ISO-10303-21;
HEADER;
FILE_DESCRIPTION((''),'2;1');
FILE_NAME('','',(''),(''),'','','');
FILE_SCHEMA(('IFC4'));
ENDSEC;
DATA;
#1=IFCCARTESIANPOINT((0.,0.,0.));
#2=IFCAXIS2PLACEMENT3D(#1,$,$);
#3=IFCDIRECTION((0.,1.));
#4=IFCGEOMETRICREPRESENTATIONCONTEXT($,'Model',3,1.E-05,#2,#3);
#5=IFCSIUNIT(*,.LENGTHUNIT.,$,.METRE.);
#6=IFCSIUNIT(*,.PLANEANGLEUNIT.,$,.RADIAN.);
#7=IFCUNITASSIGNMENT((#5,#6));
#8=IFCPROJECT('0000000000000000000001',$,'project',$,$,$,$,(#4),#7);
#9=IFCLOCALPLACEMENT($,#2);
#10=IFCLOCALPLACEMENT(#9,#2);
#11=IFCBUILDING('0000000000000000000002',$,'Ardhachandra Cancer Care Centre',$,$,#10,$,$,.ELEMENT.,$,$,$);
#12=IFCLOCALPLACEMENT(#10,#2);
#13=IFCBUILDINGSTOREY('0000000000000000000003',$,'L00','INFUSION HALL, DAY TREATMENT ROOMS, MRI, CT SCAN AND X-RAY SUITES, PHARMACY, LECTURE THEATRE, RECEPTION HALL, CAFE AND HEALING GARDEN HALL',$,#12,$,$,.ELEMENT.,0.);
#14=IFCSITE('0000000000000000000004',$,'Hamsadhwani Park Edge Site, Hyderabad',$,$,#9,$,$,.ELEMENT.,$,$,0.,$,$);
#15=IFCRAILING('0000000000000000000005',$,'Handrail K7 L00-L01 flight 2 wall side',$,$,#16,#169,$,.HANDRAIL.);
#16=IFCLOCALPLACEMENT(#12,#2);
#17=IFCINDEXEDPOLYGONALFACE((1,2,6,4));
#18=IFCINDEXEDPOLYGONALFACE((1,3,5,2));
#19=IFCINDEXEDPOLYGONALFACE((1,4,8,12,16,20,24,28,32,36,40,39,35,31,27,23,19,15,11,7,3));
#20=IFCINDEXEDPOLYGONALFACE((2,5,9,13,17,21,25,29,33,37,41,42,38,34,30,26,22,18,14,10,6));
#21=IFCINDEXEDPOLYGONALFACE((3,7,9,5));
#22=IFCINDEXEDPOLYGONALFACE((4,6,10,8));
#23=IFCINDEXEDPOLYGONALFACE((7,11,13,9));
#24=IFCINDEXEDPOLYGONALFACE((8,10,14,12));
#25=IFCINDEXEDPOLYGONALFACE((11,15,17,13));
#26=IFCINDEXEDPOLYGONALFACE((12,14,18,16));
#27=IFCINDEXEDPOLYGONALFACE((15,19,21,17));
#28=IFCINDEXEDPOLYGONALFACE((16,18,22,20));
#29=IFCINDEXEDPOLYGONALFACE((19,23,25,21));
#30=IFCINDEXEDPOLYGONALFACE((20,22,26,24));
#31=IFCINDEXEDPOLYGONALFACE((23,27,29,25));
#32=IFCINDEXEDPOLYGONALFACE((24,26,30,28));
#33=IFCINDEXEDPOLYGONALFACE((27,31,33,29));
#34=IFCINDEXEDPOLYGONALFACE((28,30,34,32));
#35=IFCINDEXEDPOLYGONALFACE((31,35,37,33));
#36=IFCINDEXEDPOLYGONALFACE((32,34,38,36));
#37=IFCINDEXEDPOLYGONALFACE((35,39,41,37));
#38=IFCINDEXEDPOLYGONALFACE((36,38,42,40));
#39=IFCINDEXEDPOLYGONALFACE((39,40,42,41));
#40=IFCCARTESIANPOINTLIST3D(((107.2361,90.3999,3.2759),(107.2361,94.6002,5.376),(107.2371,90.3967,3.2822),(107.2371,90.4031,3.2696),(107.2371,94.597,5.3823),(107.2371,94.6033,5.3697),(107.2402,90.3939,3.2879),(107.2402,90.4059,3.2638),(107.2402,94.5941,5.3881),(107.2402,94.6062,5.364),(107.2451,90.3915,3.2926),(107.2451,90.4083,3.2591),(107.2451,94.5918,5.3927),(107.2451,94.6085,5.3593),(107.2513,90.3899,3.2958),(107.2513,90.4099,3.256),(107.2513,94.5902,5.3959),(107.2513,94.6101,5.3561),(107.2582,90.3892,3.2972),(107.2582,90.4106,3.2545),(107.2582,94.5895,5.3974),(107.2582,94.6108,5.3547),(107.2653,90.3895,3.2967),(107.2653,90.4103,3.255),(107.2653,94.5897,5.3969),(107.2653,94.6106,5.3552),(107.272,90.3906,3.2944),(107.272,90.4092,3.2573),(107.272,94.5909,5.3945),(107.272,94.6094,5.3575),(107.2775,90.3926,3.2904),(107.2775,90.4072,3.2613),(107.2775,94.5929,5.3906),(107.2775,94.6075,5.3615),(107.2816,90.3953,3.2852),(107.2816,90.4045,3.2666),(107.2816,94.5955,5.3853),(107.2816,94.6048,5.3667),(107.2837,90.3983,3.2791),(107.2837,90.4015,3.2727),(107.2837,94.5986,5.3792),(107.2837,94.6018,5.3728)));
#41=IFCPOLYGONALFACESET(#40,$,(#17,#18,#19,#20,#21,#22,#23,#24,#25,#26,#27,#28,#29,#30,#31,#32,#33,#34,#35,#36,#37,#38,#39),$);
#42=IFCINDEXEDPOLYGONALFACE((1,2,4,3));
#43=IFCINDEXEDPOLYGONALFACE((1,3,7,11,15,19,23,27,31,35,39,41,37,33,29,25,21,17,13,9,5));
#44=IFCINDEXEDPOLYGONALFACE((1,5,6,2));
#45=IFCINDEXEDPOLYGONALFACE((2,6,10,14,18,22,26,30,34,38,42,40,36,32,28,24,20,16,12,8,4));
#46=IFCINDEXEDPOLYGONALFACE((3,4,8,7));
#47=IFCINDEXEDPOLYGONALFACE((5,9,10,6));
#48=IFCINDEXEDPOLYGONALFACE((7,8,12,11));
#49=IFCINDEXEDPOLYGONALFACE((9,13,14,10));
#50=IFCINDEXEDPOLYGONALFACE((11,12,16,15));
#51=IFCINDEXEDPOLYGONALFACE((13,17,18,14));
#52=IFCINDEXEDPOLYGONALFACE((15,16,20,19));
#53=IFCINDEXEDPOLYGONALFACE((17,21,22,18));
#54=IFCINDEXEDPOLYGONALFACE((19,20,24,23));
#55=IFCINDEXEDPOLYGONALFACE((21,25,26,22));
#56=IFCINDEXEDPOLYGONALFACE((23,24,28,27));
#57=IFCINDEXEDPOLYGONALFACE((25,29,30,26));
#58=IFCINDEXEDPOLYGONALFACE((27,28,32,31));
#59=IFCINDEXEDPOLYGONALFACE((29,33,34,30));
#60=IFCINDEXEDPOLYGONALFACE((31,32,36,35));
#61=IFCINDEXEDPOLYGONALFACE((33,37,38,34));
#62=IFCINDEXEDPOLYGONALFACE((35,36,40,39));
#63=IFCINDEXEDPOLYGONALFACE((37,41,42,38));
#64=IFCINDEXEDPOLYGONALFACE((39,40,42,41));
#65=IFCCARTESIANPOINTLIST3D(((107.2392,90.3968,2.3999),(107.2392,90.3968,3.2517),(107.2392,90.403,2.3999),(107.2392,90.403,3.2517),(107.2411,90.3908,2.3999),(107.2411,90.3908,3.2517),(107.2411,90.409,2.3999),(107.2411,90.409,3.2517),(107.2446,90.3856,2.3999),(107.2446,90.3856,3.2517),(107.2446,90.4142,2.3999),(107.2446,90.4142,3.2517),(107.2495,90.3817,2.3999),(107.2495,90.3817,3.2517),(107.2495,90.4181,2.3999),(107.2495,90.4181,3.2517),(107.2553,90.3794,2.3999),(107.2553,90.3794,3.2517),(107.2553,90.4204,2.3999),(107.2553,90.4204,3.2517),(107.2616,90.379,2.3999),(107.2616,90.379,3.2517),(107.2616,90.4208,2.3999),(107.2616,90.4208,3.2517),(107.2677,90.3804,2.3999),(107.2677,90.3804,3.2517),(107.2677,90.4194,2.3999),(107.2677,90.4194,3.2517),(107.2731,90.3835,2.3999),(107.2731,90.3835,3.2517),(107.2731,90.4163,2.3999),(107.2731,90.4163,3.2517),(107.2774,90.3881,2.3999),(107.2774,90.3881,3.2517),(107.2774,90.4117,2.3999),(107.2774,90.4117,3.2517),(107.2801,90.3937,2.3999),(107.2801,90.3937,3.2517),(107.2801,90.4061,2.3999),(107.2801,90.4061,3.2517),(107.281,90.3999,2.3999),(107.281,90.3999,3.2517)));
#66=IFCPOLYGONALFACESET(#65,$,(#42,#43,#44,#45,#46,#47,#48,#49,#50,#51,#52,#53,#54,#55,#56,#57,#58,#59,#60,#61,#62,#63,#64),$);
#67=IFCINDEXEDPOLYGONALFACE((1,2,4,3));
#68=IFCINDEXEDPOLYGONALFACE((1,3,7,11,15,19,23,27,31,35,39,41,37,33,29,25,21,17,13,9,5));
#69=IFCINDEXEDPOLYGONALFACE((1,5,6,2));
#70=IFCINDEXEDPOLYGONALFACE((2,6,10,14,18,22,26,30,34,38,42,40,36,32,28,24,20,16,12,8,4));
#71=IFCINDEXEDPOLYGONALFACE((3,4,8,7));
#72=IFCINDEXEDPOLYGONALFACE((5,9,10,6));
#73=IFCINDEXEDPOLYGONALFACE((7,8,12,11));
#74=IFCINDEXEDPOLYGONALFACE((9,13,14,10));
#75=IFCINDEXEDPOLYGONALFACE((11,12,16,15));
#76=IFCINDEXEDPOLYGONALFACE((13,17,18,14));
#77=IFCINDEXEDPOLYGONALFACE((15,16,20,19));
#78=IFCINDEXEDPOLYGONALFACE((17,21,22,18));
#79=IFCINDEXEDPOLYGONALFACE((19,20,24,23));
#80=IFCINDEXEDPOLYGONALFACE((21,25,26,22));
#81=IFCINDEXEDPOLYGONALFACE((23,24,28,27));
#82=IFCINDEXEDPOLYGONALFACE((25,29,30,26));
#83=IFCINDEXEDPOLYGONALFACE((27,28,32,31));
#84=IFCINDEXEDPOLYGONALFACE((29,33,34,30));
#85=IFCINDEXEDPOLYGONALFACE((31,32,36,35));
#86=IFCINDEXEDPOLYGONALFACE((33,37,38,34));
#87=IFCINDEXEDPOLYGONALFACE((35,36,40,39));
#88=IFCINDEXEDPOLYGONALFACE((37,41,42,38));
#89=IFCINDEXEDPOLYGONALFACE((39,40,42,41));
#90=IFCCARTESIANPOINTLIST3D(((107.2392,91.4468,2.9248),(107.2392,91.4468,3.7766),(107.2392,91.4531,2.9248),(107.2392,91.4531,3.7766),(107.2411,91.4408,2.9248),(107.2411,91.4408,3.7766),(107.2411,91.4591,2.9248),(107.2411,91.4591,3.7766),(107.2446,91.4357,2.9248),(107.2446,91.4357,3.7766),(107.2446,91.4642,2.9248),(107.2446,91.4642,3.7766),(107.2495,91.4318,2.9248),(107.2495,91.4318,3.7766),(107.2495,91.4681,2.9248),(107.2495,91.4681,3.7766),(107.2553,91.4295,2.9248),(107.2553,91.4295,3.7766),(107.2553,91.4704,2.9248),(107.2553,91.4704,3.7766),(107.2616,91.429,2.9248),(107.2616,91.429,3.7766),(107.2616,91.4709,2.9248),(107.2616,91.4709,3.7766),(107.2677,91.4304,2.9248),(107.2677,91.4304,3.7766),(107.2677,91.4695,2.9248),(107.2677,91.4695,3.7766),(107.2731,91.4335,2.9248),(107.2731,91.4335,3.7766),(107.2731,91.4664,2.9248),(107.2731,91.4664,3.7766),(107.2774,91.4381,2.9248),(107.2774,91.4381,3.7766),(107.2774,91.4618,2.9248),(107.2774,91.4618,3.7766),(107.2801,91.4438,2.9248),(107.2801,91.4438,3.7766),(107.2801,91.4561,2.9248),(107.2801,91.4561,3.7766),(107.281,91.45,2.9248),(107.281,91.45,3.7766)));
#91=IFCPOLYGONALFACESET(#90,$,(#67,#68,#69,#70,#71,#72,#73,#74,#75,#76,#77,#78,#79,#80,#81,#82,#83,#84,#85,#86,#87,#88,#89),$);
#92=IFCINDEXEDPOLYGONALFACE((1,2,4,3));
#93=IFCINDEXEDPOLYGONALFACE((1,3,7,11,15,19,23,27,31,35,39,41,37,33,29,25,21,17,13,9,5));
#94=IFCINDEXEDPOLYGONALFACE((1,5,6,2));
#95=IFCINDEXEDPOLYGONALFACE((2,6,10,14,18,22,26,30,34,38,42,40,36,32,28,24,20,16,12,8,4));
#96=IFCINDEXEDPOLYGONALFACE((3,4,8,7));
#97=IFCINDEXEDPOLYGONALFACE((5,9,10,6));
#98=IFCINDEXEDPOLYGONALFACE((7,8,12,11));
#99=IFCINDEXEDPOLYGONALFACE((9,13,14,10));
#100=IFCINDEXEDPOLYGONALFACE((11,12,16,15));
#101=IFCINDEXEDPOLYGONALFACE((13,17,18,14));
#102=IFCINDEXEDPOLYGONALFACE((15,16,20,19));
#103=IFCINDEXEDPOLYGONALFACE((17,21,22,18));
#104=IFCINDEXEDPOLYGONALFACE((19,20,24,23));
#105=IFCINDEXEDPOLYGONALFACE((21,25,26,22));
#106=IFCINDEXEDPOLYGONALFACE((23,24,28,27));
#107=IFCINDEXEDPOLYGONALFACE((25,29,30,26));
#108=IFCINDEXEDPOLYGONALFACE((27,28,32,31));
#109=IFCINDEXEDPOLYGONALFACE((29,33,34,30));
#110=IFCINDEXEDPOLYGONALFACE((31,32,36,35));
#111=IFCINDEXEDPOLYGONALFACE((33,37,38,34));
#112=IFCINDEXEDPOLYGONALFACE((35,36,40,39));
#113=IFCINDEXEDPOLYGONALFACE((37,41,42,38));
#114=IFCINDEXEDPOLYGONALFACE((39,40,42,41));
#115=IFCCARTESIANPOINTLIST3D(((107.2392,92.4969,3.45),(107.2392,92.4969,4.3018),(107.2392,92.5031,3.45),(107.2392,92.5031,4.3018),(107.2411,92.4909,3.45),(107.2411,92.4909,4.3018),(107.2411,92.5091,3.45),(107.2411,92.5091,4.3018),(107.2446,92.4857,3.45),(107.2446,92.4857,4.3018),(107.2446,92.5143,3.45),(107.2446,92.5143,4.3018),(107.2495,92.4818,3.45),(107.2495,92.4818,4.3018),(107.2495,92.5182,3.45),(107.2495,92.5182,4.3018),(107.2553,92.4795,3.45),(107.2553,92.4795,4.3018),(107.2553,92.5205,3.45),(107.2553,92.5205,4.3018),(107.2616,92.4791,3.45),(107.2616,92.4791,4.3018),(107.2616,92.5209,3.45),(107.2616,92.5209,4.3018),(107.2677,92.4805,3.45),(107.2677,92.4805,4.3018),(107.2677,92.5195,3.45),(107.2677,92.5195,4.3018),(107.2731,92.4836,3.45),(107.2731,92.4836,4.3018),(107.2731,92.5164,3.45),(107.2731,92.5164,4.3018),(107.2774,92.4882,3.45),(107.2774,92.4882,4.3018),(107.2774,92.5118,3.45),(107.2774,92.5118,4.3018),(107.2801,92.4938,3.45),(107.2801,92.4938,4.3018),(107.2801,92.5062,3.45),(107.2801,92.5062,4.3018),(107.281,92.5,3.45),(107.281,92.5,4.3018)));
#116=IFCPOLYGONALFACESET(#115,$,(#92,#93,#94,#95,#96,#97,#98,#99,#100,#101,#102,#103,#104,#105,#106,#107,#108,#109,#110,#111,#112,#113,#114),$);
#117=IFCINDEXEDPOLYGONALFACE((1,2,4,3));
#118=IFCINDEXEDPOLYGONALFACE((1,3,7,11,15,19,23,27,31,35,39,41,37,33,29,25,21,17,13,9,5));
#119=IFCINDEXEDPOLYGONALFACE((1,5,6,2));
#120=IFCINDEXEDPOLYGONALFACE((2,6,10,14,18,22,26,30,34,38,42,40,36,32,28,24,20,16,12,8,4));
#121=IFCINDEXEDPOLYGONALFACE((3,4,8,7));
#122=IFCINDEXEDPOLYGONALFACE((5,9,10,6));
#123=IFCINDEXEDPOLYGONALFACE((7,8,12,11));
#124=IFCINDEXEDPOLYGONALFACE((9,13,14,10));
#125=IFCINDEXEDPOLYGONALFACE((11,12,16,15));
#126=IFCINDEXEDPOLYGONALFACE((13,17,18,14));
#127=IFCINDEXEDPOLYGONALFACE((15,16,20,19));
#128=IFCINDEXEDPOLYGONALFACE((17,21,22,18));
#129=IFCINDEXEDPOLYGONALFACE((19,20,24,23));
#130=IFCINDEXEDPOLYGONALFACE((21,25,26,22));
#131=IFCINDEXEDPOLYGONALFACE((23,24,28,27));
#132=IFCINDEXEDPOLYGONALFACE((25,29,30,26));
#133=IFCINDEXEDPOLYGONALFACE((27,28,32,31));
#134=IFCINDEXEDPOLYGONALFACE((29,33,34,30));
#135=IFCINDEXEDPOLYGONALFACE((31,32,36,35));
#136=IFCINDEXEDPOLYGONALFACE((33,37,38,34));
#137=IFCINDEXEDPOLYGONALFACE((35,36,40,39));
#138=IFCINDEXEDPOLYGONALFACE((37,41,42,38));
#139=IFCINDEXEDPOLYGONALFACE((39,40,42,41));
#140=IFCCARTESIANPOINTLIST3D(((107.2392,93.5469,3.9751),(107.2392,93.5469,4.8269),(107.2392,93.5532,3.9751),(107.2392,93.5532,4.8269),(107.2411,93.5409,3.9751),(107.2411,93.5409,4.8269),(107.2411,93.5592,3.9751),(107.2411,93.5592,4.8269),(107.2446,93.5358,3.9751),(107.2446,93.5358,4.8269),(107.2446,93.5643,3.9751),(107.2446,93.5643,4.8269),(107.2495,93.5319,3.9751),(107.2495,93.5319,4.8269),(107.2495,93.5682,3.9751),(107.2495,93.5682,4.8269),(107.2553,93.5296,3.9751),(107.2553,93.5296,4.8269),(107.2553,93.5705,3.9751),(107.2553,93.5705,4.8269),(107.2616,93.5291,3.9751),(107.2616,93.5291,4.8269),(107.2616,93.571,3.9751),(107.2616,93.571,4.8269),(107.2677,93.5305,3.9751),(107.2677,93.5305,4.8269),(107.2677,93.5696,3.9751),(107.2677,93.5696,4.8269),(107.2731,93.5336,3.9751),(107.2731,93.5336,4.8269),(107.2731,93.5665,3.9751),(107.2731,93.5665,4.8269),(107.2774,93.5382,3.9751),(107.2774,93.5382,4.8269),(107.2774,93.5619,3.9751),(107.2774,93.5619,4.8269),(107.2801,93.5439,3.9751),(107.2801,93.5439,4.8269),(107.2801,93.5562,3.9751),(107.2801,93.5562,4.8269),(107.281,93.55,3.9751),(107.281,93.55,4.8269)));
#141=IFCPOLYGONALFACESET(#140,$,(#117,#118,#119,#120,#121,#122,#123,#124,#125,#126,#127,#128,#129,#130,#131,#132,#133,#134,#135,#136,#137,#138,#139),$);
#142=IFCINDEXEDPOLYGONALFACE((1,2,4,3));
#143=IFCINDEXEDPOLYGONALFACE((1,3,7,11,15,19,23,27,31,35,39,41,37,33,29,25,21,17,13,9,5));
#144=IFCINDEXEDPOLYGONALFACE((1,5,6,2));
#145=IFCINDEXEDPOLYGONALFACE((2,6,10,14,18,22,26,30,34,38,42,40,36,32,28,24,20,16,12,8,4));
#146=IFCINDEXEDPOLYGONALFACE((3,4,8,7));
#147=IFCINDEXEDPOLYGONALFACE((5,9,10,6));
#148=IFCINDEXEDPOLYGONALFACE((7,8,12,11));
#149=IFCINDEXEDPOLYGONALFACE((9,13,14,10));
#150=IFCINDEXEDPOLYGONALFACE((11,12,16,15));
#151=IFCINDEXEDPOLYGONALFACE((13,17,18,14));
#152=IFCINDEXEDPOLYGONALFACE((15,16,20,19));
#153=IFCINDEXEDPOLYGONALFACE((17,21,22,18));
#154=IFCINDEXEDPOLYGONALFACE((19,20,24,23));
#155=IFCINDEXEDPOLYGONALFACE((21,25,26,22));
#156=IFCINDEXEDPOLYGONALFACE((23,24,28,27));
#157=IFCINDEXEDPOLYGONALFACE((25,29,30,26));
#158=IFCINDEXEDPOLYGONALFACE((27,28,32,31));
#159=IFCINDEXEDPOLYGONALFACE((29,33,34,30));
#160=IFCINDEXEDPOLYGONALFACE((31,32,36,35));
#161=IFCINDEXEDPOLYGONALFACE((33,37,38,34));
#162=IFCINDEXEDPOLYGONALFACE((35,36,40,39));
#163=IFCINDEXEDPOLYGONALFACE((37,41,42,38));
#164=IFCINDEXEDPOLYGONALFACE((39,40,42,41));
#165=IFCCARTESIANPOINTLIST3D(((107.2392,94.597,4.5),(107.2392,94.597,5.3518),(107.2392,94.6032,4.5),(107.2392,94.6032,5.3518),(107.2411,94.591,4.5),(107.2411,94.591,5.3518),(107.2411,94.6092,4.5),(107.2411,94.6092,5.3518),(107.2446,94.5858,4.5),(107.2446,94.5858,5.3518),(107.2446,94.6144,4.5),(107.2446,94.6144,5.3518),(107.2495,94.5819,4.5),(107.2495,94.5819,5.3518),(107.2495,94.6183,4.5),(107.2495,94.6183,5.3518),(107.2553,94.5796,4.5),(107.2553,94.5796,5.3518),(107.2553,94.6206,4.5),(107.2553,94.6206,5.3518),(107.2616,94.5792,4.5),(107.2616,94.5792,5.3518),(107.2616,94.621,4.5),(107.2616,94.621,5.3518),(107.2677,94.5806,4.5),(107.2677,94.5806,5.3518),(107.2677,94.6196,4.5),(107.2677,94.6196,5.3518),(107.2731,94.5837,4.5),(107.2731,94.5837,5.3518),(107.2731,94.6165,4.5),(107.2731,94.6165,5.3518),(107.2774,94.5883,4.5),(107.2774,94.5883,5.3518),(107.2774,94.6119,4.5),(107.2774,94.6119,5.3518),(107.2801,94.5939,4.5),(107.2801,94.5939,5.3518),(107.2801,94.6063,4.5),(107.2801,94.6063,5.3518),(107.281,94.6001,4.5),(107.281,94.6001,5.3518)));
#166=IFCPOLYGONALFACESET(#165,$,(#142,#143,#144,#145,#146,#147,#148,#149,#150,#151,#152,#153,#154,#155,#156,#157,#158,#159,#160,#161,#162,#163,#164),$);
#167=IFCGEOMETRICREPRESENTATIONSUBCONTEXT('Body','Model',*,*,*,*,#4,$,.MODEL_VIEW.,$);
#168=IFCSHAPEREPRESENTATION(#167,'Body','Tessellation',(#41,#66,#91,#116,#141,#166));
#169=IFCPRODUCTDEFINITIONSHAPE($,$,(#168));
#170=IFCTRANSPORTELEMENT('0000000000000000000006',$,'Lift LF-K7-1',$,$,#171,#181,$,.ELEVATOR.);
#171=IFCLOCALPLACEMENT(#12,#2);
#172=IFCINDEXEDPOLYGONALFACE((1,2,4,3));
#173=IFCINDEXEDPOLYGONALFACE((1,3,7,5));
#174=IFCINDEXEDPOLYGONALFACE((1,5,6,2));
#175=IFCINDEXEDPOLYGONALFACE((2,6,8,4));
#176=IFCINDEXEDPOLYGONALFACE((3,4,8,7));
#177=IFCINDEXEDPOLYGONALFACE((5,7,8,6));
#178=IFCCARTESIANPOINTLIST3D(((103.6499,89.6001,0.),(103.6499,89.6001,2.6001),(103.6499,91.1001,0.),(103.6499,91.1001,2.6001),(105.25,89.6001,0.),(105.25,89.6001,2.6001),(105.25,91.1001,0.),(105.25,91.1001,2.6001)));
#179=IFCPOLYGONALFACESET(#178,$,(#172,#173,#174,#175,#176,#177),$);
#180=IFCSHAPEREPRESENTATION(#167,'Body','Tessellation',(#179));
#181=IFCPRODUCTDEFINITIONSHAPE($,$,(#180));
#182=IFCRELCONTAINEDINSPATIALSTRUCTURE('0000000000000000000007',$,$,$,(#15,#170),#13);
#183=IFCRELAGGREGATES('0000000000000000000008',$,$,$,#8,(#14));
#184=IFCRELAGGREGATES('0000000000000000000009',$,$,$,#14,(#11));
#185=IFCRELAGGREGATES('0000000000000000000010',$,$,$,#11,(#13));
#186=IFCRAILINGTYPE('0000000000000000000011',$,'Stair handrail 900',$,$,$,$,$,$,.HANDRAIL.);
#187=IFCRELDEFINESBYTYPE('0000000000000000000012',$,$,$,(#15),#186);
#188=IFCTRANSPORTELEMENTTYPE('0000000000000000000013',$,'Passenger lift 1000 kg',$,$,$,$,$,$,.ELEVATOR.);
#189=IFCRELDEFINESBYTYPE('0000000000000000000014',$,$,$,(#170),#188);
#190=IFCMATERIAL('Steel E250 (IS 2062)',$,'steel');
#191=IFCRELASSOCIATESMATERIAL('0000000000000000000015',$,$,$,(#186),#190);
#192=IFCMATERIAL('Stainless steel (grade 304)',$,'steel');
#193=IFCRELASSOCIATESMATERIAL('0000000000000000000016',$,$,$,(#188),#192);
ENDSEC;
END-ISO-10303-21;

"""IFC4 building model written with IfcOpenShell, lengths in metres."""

from ifc_helpers import new_model, si_unit, direction, frame, origin, origin_2d, place, context, subcontext, project, spatial, rectangle, circle, extrude, material, type_object, element, save


model = new_model("IFC4")

# Units and contexts
model_context = context("Model", 3, precision=1e-05, world=origin(), true_north=direction((0.0, 1.0)))
body_context = subcontext(model_context, "Body", "Model", "MODEL_VIEW")
ifc_project = project(units=[si_unit("LENGTHUNIT", "METRE"), si_unit("PLANEANGLEUNIT", "RADIAN")], contexts=[model_context])

# Site, building, storey
site_placement = place(None, origin())
site = spatial("IfcSite", under=ifc_project, at=site_placement, Name="Hamsadhwani Park Edge Site, Hyderabad", CompositionType="ELEMENT", RefElevation=0.0)
building_placement = place(site_placement, origin())
building = spatial("IfcBuilding", under=site, at=building_placement, Name="Ardhachandra Cancer Care Centre", CompositionType="ELEMENT")
storey_placement = place(building_placement, origin())
storey = spatial("IfcBuildingStorey", under=building, at=storey_placement, Name="L00", Description="INFUSION HALL, DAY TREATMENT ROOMS, MRI, CT SCAN AND X-RAY SUITES, PHARMACY, LECTURE THEATRE, RECEPTION HALL, CAFE AND HEALING GARDEN HALL", CompositionType="ELEMENT", Elevation=0.0)

# Railing
ifc_material_1 = material(Name="Steel E250 (IS 2062)", Category="steel")
railing_type = type_object("IfcRailingType", Name="Stair handrail 900", PredefinedType="HANDRAIL", material=ifc_material_1)
for number, where, name in (
    (1, (107.26, 90.3999, 2.3999), "Handrail K7 L00-L01 flight 2 wall side"),
):
    element("IfcRailing", number, at=place(storey_placement, frame(where)), inside=storey, type_object=railing_type, Name=name, PredefinedType="HANDRAIL", context=body_context, shape_type="SweptSolid", body=[
        extrude(circle(Radius=0.0239, at=origin_2d()), frame((0.0, 0.0, 0.876), z_axis=(0.0, 0.894427, 0.447214), x_axis=(-1.0, 0.0, 0.0)), (0.0, 0.0, 1.0), 4.696),
        extrude(circle(Radius=0.021, at=origin_2d()), origin(), (0.0, 0.0, 1.0), 0.8518),
        extrude(circle(Radius=0.021, at=origin_2d()), frame((0.0, 1.05, 0.5249)), (0.0, 0.0, 1.0), 0.8518),
        extrude(circle(Radius=0.021, at=origin_2d()), frame((0.0, 2.1001, 1.05)), (0.0, 0.0, 1.0), 0.8518),
        extrude(circle(Radius=0.021, at=origin_2d()), frame((0.0, 3.1501, 1.5752)), (0.0, 0.0, 1.0), 0.8518),
        extrude(circle(Radius=0.021, at=origin_2d()), frame((0.0, 4.2002, 2.1001)), (0.0, 0.0, 1.0), 0.8518),
    ])

# Transport element
ifc_material_2 = material(Name="Stainless steel (grade 304)", Category="steel")
transport_element_type = type_object("IfcTransportElementType", Name="Passenger lift 1000 kg", PredefinedType="ELEVATOR", material=ifc_material_2)
transport_element_placement = place(storey_placement, frame((104.45, 90.3501, 0.0), z_axis=(0.0, 0.0, 1.0), x_axis=(1.0, 0.0, 0.0)))
element("IfcTransportElement", 2, at=transport_element_placement, inside=storey, type_object=transport_element_type, Name="Lift LF-K7-1", PredefinedType="ELEVATOR", context=body_context, shape_type="SweptSolid", body=[
    extrude(rectangle(XDim=1.6001, YDim=1.5, at=origin_2d()), origin(), (0.0, 0.0, 1.0), 2.6001),
])

save(model, "model.ifc")
